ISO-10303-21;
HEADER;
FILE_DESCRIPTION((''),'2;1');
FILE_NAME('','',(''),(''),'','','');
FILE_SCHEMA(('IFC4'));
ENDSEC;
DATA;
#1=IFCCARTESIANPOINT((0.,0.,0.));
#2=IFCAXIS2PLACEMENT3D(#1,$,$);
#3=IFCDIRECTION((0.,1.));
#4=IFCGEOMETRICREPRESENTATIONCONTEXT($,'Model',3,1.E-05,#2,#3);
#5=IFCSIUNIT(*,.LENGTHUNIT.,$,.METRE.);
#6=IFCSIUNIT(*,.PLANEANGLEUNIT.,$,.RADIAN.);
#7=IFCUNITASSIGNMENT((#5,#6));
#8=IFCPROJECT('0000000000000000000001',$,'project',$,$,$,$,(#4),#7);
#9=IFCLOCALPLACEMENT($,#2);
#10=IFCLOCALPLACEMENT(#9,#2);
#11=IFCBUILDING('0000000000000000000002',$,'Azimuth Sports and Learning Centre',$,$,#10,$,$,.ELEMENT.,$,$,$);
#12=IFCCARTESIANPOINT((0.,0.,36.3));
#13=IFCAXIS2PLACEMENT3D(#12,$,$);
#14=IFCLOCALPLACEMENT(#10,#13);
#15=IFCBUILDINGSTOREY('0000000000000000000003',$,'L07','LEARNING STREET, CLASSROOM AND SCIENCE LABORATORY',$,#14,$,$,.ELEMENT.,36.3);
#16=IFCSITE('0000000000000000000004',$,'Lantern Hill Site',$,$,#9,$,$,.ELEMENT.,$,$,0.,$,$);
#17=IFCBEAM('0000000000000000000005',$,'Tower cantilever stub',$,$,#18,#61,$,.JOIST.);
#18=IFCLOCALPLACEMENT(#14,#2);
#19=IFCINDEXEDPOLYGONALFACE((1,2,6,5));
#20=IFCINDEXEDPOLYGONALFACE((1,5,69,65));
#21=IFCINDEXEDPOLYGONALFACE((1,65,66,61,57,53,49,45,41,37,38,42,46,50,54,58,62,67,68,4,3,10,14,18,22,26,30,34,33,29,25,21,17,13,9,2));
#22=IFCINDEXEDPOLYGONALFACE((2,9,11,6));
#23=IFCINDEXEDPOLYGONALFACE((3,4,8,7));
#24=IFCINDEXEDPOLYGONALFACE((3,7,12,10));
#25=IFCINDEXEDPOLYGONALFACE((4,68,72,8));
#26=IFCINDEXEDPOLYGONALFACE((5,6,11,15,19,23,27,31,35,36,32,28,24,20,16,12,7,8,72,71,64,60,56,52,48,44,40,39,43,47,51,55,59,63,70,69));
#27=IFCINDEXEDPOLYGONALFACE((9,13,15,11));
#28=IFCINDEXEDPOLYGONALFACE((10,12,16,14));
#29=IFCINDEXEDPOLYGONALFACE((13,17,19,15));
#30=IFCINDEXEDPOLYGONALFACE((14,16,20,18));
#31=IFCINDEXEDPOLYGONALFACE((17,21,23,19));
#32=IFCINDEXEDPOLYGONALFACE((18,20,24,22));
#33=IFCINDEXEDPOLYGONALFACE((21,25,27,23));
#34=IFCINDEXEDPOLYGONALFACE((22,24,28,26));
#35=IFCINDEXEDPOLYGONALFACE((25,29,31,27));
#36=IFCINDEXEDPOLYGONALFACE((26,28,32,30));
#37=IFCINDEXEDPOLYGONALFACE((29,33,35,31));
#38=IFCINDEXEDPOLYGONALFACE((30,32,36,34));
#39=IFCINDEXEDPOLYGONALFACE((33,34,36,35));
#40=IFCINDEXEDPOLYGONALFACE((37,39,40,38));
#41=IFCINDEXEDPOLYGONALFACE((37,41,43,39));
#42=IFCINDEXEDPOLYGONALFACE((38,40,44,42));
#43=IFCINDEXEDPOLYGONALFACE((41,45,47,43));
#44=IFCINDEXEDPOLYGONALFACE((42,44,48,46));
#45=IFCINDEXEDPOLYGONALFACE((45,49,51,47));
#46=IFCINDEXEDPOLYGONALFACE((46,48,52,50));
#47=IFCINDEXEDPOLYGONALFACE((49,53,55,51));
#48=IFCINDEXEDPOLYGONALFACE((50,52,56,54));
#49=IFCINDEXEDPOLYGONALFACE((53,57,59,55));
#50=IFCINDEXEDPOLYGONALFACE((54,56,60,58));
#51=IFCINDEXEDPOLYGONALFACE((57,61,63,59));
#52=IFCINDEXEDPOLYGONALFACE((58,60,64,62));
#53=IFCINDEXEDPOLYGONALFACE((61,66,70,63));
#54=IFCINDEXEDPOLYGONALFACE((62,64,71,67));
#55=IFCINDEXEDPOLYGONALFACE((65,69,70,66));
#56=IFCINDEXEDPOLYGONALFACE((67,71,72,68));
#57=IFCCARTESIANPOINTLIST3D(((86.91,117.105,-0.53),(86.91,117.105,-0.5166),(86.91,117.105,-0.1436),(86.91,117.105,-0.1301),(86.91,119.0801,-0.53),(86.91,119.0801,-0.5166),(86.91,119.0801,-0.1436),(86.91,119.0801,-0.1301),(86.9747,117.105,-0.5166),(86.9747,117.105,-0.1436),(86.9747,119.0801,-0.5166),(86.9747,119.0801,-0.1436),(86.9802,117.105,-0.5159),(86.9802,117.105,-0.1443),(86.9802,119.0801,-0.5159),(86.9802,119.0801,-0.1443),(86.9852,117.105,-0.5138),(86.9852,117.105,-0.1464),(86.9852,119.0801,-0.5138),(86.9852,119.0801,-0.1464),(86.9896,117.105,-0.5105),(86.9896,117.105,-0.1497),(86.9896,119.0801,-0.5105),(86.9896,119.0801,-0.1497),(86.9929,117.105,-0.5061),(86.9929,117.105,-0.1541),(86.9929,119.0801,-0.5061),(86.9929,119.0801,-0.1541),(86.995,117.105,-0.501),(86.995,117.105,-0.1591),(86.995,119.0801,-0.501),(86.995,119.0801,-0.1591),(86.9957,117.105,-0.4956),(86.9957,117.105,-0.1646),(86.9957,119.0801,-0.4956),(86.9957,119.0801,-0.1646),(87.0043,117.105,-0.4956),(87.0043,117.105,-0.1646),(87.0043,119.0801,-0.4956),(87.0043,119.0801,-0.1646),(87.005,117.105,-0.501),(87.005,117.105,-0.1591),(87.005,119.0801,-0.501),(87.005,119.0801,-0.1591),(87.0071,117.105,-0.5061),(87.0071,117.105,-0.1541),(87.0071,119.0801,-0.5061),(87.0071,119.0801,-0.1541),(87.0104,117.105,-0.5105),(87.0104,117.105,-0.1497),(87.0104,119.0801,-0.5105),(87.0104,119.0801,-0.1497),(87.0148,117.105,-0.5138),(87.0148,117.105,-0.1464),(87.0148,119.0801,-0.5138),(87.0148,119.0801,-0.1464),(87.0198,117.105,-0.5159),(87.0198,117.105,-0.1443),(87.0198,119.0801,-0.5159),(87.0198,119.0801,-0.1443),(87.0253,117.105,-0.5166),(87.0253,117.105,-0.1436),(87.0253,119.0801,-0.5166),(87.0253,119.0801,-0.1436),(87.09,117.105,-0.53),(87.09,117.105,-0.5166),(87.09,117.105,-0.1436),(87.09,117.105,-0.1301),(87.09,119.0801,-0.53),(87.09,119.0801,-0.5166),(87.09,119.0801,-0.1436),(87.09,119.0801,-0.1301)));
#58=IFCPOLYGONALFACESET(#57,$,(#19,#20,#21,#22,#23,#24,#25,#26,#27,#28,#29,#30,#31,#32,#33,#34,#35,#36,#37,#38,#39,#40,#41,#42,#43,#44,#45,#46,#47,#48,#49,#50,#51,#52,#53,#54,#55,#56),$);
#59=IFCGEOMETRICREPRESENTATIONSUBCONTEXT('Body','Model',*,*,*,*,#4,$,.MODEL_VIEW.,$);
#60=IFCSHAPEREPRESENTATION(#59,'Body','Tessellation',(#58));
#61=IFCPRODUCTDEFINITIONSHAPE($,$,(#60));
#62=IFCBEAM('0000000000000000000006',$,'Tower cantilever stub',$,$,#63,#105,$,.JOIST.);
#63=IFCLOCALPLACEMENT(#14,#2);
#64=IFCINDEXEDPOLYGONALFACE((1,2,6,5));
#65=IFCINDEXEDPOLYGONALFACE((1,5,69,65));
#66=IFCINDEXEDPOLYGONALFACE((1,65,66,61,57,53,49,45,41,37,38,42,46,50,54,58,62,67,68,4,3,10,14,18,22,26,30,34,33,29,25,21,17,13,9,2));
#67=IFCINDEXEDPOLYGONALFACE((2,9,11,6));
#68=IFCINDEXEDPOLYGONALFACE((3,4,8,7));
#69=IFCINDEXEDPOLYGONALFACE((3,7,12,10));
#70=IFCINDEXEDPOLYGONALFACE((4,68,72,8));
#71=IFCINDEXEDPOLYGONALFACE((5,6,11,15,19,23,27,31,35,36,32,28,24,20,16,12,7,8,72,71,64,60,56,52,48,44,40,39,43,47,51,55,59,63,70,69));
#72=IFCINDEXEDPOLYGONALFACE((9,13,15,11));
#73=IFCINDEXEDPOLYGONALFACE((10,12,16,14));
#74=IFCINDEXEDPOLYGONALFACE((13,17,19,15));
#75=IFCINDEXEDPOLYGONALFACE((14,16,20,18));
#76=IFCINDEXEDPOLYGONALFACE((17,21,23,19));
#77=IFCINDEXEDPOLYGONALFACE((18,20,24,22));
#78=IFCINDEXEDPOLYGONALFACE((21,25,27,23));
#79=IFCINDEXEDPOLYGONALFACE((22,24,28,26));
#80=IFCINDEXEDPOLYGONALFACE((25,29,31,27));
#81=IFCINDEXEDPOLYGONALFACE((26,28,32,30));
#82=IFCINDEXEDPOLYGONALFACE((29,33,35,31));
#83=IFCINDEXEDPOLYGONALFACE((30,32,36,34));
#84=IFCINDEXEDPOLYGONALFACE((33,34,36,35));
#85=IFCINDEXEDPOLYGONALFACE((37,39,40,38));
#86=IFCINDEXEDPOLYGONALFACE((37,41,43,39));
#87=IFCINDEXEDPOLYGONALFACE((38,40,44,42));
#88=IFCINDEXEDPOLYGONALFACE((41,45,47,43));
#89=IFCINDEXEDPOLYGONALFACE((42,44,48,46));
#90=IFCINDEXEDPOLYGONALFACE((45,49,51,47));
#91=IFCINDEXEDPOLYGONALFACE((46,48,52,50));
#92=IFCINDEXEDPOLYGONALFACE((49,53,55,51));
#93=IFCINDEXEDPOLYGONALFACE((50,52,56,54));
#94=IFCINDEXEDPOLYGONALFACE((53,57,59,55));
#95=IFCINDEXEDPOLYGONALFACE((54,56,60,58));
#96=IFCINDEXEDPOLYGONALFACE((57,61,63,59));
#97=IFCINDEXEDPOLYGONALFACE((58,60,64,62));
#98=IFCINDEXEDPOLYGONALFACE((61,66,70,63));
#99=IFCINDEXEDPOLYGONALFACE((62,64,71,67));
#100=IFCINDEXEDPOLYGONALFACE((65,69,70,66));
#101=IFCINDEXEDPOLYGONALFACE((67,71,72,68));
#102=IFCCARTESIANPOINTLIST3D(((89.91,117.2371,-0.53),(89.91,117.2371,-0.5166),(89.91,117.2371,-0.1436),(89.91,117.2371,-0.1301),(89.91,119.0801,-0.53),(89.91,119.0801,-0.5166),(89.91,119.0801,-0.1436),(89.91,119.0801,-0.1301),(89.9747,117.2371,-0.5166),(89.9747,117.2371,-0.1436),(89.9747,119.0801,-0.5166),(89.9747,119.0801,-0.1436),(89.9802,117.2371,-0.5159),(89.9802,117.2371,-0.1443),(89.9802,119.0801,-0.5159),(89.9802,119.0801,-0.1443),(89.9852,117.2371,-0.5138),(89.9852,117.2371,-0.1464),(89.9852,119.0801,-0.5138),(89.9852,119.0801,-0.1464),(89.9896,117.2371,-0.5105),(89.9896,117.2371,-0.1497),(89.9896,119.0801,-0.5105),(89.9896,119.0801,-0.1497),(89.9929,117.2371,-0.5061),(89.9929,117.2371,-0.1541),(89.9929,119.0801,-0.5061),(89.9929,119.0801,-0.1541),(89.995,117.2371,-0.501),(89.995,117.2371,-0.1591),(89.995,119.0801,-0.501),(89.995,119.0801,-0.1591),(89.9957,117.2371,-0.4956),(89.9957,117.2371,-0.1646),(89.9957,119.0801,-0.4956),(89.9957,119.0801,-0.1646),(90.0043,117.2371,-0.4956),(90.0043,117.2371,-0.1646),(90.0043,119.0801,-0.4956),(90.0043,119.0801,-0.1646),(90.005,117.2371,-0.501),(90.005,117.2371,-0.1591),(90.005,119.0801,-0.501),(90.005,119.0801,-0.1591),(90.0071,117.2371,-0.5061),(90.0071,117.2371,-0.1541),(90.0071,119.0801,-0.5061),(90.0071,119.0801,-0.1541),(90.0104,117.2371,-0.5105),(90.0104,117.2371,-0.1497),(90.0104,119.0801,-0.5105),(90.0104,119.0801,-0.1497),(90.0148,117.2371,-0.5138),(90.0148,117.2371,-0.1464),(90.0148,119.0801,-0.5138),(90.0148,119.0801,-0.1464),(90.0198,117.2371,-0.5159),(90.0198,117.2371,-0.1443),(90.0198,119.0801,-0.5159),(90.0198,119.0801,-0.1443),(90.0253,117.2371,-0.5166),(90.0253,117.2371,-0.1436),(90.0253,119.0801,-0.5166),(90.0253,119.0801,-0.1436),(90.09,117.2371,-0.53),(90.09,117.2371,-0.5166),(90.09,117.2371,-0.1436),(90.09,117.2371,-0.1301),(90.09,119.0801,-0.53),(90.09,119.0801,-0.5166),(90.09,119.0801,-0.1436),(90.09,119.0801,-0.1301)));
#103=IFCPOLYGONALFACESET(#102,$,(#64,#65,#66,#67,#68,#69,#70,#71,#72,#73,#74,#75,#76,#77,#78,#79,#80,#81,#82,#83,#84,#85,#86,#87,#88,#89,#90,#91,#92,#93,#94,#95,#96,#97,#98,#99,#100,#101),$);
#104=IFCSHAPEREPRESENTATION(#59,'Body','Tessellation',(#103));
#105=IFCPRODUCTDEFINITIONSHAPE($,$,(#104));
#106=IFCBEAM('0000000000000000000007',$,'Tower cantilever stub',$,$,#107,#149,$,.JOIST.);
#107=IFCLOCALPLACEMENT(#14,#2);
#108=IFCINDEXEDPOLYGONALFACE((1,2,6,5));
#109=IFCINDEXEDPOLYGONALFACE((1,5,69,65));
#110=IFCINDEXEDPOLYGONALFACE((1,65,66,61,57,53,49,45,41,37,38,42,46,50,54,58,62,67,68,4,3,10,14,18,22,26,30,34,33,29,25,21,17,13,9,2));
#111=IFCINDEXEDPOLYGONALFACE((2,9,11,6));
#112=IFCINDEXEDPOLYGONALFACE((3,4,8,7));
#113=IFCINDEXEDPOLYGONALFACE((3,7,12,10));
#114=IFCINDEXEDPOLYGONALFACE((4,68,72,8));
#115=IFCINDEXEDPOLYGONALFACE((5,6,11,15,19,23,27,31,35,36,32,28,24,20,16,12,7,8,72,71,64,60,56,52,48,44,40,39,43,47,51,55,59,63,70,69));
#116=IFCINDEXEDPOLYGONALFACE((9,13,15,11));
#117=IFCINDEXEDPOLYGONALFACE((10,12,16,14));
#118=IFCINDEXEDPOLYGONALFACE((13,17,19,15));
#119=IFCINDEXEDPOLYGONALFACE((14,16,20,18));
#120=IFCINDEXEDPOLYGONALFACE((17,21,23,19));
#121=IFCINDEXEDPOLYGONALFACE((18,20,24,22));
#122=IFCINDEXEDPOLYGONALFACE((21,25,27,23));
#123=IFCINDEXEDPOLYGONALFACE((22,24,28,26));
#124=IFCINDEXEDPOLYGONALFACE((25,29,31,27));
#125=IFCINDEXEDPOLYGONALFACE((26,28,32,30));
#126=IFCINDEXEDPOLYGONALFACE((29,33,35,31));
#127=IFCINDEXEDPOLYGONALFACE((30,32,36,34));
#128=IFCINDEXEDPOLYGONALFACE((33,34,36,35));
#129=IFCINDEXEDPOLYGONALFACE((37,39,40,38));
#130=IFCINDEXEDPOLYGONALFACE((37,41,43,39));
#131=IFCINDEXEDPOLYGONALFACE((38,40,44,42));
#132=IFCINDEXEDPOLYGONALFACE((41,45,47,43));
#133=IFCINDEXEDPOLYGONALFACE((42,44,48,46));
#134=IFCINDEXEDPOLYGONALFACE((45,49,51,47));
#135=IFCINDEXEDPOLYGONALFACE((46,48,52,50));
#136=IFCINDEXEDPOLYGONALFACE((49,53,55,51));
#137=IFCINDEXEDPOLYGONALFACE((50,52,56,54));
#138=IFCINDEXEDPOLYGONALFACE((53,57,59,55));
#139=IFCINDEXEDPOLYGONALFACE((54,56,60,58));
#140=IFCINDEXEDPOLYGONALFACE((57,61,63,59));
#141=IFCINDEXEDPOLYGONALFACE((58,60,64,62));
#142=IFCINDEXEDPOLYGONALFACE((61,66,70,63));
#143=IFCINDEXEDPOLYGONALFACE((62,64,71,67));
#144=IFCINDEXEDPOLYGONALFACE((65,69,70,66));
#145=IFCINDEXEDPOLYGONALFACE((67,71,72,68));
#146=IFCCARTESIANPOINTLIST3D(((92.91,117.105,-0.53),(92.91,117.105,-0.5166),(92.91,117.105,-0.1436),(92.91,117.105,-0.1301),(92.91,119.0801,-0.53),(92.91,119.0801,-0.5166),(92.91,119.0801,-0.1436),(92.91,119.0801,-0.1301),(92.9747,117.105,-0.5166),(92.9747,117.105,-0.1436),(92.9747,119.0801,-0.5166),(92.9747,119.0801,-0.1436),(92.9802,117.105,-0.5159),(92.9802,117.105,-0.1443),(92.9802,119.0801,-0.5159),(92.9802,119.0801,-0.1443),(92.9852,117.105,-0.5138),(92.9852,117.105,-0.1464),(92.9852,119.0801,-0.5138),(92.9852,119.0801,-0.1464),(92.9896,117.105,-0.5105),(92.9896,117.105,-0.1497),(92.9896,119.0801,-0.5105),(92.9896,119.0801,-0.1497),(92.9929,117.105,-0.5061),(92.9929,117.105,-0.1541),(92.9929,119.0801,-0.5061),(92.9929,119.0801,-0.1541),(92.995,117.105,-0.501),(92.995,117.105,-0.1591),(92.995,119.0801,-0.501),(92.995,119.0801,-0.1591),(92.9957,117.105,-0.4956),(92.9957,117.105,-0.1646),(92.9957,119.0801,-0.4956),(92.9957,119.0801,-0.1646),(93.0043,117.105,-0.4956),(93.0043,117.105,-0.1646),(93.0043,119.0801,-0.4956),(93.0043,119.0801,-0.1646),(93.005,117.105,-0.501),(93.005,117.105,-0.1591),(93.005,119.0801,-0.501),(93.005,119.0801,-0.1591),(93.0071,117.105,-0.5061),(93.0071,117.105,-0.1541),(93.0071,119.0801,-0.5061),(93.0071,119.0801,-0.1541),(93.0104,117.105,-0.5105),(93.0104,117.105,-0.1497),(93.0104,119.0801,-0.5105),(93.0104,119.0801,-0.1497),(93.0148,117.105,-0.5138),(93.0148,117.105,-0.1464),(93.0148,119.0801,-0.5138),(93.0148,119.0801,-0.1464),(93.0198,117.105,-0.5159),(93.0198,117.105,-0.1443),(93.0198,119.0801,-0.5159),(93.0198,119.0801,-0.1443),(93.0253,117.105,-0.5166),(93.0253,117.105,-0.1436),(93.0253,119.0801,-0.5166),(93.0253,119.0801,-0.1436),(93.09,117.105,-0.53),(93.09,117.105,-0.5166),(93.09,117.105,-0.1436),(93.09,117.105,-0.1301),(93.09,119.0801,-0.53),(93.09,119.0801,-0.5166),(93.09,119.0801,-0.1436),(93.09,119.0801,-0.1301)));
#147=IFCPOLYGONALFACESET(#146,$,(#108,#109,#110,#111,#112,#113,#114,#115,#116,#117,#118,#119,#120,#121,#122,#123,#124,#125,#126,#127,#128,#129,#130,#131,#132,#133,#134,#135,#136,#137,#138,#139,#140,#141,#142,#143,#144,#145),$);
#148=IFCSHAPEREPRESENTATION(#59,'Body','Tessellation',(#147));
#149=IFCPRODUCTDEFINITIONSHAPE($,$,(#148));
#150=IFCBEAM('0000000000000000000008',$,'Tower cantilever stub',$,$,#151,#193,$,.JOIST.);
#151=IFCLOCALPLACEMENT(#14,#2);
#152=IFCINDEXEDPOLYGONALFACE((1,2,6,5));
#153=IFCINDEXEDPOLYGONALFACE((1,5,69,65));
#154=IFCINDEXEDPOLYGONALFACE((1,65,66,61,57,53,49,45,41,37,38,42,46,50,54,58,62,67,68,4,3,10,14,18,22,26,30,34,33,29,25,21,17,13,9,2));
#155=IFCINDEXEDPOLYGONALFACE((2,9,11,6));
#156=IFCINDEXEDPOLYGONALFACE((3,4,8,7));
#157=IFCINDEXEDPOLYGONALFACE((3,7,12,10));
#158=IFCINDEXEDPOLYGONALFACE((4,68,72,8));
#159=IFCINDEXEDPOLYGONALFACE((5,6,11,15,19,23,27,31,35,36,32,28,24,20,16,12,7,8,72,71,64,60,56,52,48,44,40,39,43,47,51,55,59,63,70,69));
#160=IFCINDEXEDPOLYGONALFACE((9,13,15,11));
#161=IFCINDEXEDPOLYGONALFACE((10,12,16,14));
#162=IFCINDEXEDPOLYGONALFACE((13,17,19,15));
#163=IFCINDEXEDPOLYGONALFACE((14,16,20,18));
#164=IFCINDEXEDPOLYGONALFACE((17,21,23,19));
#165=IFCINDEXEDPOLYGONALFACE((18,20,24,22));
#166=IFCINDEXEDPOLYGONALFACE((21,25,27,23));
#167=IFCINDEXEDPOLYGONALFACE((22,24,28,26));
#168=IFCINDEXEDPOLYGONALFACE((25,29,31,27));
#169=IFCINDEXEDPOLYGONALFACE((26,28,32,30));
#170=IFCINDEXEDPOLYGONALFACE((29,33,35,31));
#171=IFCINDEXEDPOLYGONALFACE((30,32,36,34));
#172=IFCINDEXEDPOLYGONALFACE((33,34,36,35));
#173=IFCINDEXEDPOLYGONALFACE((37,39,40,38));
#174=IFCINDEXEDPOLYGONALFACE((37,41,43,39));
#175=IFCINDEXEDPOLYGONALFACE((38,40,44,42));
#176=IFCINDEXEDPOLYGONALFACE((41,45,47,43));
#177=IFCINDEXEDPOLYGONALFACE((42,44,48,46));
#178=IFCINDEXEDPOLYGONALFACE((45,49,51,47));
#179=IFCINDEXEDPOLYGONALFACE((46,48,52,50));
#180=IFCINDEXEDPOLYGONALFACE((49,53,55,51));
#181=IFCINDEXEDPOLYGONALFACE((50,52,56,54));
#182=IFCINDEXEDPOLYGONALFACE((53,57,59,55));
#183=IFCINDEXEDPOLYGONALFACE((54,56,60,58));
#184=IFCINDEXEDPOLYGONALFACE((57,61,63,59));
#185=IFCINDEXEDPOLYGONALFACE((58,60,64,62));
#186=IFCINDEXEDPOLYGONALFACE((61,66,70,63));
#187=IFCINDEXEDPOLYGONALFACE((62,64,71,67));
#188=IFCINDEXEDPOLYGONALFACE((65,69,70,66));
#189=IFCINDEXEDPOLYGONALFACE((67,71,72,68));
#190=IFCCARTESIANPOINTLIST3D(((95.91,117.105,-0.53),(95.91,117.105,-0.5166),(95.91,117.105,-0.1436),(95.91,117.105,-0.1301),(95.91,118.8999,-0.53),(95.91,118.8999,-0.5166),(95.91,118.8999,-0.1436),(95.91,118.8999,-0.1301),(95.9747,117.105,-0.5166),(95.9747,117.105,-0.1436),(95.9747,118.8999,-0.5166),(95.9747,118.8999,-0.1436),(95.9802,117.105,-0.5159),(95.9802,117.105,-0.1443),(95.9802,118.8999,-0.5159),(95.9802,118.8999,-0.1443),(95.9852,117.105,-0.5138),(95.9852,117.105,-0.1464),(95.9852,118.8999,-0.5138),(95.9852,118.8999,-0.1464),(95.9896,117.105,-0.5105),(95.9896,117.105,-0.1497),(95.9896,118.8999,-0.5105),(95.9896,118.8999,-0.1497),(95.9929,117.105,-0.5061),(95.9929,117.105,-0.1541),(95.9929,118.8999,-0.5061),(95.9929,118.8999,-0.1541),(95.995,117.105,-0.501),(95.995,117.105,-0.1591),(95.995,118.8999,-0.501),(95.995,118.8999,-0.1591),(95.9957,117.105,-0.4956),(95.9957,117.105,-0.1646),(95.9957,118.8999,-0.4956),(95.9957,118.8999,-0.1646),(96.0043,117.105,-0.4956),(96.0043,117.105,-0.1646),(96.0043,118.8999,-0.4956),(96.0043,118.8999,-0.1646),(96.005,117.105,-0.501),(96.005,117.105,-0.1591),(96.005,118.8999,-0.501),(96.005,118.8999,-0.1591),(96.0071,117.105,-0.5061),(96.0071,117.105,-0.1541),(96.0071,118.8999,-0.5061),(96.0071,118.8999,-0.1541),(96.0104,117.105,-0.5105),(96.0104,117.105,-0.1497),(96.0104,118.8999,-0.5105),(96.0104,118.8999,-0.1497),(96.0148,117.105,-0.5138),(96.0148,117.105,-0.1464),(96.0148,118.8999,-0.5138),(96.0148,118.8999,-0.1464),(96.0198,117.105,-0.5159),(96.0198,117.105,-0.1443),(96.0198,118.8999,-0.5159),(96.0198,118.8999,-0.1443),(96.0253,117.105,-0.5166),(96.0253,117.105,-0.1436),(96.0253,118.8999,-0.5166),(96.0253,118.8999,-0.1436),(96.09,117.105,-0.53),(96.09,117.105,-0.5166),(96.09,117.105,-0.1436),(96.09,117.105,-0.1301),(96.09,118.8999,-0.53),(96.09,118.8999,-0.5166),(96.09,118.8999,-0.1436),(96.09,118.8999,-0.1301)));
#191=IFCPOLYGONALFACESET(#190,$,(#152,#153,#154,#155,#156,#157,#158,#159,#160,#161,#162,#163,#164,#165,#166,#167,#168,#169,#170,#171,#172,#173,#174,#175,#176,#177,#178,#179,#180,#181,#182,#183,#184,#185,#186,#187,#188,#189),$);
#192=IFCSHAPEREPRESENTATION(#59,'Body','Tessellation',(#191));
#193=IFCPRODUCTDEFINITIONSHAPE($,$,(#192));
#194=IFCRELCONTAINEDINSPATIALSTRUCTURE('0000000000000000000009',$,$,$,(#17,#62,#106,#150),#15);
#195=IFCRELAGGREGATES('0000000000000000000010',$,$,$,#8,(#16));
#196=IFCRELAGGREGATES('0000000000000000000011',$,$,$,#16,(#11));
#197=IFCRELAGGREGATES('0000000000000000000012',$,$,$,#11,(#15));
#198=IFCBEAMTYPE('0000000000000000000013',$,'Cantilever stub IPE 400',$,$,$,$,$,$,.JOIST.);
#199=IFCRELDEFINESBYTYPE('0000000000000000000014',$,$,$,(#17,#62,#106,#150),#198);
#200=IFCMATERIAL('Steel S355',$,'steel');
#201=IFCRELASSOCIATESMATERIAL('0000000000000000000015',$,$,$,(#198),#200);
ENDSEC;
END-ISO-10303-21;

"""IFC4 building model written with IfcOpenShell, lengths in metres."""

from ifc_helpers import new_model, si_unit, direction, frame, origin, origin_2d, place, context, subcontext, project, spatial, i_section, extrude, material, material_profile, profile_set, type_object, element, save


model = new_model("IFC4")

# Units and contexts
model_context = context("Model", 3, precision=1e-05, world=origin(), true_north=direction((0.0, 1.0)))
body_context = subcontext(model_context, "Body", "Model", "MODEL_VIEW")
ifc_project = project(units=[si_unit("LENGTHUNIT", "METRE"), si_unit("PLANEANGLEUNIT", "RADIAN")], contexts=[model_context])

# Site, building, storey
site_placement = place(None, origin())
site = spatial("IfcSite", under=ifc_project, at=site_placement, Name="Lantern Hill Site", CompositionType="ELEMENT", RefElevation=0.0)
building_placement = place(site_placement, origin())
building = spatial("IfcBuilding", under=site, at=building_placement, Name="Azimuth Sports and Learning Centre", CompositionType="ELEMENT")
storey_placement = place(building_placement, frame((0.0, 0.0, 36.3)))
storey = spatial("IfcBuildingStorey", under=building, at=storey_placement, Name="L07", Description="LEARNING STREET, CLASSROOM AND SCIENCE LABORATORY", CompositionType="ELEMENT", Elevation=36.3)

# Beams
ifc_material_1 = material(Name="Steel S355", Category="steel")
ifc_material_profile_1 = material_profile(ifc_material_1, i_section(OverallWidth=0.1799, OverallDepth=0.3999, WebThickness=0.0085, FlangeThickness=0.0134, FilletRadius=0.021, at=origin_2d()), Name="IPE 400")
ifc_profile_set_1 = profile_set([ifc_material_profile_1], Name="Steel S355")
beam_type_1 = type_object("IfcBeamType", Name="Cantilever stub IPE 400", PredefinedType="JOIST", material=ifc_profile_set_1)
beam_1_placement = place(storey_placement, frame((87.0, 117.105, -0.3301), z_axis=(0.0, 1.0, 0.0), x_axis=(-1.0, 0.0, 0.0)))
element("IfcBeam", 1, at=beam_1_placement, inside=storey, type_object=beam_type_1, Name="Tower cantilever stub", PredefinedType="JOIST", context=body_context, shape_type="SweptSolid", body=[
    extrude(i_section(OverallWidth=0.1799, OverallDepth=0.3999, WebThickness=0.0085, FlangeThickness=0.0134, FilletRadius=0.021, at=origin_2d()), origin(), (0.0, 0.0, 1.0), 1.9751),
])
beam_2_placement = place(storey_placement, frame((90.0, 117.2371, -0.3301), z_axis=(0.0, 1.0, 0.0), x_axis=(-1.0, 0.0, 0.0)))
element("IfcBeam", 2, at=beam_2_placement, inside=storey, type_object=beam_type_1, Name="Tower cantilever stub", PredefinedType="JOIST", context=body_context, shape_type="SweptSolid", body=[
    extrude(i_section(OverallWidth=0.1799, OverallDepth=0.3999, WebThickness=0.0085, FlangeThickness=0.0134, FilletRadius=0.021, at=origin_2d()), origin(), (0.0, 0.0, 1.0), 1.843),
])
beam_3_placement = place(storey_placement, frame((93.0, 117.105, -0.3301), z_axis=(0.0, 1.0, 0.0), x_axis=(-1.0, 0.0, 0.0)))
element("IfcBeam", 3, at=beam_3_placement, inside=storey, type_object=beam_type_1, Name="Tower cantilever stub", PredefinedType="JOIST", context=body_context, shape_type="SweptSolid", body=[
    extrude(i_section(OverallWidth=0.1799, OverallDepth=0.3999, WebThickness=0.0085, FlangeThickness=0.0134, FilletRadius=0.021, at=origin_2d()), origin(), (0.0, 0.0, 1.0), 1.9751),
])
beam_4_placement = place(storey_placement, frame((96.0, 117.105, -0.3301), z_axis=(0.0, 1.0, 0.0), x_axis=(-1.0, 0.0, 0.0)))
element("IfcBeam", 4, at=beam_4_placement, inside=storey, type_object=beam_type_1, Name="Tower cantilever stub", PredefinedType="JOIST", context=body_context, shape_type="SweptSolid", body=[
    extrude(i_section(OverallWidth=0.1799, OverallDepth=0.3999, WebThickness=0.0085, FlangeThickness=0.0134, FilletRadius=0.021, at=origin_2d()), origin(), (0.0, 0.0, 1.0), 1.7949),
])

save(model, "model.ifc")
